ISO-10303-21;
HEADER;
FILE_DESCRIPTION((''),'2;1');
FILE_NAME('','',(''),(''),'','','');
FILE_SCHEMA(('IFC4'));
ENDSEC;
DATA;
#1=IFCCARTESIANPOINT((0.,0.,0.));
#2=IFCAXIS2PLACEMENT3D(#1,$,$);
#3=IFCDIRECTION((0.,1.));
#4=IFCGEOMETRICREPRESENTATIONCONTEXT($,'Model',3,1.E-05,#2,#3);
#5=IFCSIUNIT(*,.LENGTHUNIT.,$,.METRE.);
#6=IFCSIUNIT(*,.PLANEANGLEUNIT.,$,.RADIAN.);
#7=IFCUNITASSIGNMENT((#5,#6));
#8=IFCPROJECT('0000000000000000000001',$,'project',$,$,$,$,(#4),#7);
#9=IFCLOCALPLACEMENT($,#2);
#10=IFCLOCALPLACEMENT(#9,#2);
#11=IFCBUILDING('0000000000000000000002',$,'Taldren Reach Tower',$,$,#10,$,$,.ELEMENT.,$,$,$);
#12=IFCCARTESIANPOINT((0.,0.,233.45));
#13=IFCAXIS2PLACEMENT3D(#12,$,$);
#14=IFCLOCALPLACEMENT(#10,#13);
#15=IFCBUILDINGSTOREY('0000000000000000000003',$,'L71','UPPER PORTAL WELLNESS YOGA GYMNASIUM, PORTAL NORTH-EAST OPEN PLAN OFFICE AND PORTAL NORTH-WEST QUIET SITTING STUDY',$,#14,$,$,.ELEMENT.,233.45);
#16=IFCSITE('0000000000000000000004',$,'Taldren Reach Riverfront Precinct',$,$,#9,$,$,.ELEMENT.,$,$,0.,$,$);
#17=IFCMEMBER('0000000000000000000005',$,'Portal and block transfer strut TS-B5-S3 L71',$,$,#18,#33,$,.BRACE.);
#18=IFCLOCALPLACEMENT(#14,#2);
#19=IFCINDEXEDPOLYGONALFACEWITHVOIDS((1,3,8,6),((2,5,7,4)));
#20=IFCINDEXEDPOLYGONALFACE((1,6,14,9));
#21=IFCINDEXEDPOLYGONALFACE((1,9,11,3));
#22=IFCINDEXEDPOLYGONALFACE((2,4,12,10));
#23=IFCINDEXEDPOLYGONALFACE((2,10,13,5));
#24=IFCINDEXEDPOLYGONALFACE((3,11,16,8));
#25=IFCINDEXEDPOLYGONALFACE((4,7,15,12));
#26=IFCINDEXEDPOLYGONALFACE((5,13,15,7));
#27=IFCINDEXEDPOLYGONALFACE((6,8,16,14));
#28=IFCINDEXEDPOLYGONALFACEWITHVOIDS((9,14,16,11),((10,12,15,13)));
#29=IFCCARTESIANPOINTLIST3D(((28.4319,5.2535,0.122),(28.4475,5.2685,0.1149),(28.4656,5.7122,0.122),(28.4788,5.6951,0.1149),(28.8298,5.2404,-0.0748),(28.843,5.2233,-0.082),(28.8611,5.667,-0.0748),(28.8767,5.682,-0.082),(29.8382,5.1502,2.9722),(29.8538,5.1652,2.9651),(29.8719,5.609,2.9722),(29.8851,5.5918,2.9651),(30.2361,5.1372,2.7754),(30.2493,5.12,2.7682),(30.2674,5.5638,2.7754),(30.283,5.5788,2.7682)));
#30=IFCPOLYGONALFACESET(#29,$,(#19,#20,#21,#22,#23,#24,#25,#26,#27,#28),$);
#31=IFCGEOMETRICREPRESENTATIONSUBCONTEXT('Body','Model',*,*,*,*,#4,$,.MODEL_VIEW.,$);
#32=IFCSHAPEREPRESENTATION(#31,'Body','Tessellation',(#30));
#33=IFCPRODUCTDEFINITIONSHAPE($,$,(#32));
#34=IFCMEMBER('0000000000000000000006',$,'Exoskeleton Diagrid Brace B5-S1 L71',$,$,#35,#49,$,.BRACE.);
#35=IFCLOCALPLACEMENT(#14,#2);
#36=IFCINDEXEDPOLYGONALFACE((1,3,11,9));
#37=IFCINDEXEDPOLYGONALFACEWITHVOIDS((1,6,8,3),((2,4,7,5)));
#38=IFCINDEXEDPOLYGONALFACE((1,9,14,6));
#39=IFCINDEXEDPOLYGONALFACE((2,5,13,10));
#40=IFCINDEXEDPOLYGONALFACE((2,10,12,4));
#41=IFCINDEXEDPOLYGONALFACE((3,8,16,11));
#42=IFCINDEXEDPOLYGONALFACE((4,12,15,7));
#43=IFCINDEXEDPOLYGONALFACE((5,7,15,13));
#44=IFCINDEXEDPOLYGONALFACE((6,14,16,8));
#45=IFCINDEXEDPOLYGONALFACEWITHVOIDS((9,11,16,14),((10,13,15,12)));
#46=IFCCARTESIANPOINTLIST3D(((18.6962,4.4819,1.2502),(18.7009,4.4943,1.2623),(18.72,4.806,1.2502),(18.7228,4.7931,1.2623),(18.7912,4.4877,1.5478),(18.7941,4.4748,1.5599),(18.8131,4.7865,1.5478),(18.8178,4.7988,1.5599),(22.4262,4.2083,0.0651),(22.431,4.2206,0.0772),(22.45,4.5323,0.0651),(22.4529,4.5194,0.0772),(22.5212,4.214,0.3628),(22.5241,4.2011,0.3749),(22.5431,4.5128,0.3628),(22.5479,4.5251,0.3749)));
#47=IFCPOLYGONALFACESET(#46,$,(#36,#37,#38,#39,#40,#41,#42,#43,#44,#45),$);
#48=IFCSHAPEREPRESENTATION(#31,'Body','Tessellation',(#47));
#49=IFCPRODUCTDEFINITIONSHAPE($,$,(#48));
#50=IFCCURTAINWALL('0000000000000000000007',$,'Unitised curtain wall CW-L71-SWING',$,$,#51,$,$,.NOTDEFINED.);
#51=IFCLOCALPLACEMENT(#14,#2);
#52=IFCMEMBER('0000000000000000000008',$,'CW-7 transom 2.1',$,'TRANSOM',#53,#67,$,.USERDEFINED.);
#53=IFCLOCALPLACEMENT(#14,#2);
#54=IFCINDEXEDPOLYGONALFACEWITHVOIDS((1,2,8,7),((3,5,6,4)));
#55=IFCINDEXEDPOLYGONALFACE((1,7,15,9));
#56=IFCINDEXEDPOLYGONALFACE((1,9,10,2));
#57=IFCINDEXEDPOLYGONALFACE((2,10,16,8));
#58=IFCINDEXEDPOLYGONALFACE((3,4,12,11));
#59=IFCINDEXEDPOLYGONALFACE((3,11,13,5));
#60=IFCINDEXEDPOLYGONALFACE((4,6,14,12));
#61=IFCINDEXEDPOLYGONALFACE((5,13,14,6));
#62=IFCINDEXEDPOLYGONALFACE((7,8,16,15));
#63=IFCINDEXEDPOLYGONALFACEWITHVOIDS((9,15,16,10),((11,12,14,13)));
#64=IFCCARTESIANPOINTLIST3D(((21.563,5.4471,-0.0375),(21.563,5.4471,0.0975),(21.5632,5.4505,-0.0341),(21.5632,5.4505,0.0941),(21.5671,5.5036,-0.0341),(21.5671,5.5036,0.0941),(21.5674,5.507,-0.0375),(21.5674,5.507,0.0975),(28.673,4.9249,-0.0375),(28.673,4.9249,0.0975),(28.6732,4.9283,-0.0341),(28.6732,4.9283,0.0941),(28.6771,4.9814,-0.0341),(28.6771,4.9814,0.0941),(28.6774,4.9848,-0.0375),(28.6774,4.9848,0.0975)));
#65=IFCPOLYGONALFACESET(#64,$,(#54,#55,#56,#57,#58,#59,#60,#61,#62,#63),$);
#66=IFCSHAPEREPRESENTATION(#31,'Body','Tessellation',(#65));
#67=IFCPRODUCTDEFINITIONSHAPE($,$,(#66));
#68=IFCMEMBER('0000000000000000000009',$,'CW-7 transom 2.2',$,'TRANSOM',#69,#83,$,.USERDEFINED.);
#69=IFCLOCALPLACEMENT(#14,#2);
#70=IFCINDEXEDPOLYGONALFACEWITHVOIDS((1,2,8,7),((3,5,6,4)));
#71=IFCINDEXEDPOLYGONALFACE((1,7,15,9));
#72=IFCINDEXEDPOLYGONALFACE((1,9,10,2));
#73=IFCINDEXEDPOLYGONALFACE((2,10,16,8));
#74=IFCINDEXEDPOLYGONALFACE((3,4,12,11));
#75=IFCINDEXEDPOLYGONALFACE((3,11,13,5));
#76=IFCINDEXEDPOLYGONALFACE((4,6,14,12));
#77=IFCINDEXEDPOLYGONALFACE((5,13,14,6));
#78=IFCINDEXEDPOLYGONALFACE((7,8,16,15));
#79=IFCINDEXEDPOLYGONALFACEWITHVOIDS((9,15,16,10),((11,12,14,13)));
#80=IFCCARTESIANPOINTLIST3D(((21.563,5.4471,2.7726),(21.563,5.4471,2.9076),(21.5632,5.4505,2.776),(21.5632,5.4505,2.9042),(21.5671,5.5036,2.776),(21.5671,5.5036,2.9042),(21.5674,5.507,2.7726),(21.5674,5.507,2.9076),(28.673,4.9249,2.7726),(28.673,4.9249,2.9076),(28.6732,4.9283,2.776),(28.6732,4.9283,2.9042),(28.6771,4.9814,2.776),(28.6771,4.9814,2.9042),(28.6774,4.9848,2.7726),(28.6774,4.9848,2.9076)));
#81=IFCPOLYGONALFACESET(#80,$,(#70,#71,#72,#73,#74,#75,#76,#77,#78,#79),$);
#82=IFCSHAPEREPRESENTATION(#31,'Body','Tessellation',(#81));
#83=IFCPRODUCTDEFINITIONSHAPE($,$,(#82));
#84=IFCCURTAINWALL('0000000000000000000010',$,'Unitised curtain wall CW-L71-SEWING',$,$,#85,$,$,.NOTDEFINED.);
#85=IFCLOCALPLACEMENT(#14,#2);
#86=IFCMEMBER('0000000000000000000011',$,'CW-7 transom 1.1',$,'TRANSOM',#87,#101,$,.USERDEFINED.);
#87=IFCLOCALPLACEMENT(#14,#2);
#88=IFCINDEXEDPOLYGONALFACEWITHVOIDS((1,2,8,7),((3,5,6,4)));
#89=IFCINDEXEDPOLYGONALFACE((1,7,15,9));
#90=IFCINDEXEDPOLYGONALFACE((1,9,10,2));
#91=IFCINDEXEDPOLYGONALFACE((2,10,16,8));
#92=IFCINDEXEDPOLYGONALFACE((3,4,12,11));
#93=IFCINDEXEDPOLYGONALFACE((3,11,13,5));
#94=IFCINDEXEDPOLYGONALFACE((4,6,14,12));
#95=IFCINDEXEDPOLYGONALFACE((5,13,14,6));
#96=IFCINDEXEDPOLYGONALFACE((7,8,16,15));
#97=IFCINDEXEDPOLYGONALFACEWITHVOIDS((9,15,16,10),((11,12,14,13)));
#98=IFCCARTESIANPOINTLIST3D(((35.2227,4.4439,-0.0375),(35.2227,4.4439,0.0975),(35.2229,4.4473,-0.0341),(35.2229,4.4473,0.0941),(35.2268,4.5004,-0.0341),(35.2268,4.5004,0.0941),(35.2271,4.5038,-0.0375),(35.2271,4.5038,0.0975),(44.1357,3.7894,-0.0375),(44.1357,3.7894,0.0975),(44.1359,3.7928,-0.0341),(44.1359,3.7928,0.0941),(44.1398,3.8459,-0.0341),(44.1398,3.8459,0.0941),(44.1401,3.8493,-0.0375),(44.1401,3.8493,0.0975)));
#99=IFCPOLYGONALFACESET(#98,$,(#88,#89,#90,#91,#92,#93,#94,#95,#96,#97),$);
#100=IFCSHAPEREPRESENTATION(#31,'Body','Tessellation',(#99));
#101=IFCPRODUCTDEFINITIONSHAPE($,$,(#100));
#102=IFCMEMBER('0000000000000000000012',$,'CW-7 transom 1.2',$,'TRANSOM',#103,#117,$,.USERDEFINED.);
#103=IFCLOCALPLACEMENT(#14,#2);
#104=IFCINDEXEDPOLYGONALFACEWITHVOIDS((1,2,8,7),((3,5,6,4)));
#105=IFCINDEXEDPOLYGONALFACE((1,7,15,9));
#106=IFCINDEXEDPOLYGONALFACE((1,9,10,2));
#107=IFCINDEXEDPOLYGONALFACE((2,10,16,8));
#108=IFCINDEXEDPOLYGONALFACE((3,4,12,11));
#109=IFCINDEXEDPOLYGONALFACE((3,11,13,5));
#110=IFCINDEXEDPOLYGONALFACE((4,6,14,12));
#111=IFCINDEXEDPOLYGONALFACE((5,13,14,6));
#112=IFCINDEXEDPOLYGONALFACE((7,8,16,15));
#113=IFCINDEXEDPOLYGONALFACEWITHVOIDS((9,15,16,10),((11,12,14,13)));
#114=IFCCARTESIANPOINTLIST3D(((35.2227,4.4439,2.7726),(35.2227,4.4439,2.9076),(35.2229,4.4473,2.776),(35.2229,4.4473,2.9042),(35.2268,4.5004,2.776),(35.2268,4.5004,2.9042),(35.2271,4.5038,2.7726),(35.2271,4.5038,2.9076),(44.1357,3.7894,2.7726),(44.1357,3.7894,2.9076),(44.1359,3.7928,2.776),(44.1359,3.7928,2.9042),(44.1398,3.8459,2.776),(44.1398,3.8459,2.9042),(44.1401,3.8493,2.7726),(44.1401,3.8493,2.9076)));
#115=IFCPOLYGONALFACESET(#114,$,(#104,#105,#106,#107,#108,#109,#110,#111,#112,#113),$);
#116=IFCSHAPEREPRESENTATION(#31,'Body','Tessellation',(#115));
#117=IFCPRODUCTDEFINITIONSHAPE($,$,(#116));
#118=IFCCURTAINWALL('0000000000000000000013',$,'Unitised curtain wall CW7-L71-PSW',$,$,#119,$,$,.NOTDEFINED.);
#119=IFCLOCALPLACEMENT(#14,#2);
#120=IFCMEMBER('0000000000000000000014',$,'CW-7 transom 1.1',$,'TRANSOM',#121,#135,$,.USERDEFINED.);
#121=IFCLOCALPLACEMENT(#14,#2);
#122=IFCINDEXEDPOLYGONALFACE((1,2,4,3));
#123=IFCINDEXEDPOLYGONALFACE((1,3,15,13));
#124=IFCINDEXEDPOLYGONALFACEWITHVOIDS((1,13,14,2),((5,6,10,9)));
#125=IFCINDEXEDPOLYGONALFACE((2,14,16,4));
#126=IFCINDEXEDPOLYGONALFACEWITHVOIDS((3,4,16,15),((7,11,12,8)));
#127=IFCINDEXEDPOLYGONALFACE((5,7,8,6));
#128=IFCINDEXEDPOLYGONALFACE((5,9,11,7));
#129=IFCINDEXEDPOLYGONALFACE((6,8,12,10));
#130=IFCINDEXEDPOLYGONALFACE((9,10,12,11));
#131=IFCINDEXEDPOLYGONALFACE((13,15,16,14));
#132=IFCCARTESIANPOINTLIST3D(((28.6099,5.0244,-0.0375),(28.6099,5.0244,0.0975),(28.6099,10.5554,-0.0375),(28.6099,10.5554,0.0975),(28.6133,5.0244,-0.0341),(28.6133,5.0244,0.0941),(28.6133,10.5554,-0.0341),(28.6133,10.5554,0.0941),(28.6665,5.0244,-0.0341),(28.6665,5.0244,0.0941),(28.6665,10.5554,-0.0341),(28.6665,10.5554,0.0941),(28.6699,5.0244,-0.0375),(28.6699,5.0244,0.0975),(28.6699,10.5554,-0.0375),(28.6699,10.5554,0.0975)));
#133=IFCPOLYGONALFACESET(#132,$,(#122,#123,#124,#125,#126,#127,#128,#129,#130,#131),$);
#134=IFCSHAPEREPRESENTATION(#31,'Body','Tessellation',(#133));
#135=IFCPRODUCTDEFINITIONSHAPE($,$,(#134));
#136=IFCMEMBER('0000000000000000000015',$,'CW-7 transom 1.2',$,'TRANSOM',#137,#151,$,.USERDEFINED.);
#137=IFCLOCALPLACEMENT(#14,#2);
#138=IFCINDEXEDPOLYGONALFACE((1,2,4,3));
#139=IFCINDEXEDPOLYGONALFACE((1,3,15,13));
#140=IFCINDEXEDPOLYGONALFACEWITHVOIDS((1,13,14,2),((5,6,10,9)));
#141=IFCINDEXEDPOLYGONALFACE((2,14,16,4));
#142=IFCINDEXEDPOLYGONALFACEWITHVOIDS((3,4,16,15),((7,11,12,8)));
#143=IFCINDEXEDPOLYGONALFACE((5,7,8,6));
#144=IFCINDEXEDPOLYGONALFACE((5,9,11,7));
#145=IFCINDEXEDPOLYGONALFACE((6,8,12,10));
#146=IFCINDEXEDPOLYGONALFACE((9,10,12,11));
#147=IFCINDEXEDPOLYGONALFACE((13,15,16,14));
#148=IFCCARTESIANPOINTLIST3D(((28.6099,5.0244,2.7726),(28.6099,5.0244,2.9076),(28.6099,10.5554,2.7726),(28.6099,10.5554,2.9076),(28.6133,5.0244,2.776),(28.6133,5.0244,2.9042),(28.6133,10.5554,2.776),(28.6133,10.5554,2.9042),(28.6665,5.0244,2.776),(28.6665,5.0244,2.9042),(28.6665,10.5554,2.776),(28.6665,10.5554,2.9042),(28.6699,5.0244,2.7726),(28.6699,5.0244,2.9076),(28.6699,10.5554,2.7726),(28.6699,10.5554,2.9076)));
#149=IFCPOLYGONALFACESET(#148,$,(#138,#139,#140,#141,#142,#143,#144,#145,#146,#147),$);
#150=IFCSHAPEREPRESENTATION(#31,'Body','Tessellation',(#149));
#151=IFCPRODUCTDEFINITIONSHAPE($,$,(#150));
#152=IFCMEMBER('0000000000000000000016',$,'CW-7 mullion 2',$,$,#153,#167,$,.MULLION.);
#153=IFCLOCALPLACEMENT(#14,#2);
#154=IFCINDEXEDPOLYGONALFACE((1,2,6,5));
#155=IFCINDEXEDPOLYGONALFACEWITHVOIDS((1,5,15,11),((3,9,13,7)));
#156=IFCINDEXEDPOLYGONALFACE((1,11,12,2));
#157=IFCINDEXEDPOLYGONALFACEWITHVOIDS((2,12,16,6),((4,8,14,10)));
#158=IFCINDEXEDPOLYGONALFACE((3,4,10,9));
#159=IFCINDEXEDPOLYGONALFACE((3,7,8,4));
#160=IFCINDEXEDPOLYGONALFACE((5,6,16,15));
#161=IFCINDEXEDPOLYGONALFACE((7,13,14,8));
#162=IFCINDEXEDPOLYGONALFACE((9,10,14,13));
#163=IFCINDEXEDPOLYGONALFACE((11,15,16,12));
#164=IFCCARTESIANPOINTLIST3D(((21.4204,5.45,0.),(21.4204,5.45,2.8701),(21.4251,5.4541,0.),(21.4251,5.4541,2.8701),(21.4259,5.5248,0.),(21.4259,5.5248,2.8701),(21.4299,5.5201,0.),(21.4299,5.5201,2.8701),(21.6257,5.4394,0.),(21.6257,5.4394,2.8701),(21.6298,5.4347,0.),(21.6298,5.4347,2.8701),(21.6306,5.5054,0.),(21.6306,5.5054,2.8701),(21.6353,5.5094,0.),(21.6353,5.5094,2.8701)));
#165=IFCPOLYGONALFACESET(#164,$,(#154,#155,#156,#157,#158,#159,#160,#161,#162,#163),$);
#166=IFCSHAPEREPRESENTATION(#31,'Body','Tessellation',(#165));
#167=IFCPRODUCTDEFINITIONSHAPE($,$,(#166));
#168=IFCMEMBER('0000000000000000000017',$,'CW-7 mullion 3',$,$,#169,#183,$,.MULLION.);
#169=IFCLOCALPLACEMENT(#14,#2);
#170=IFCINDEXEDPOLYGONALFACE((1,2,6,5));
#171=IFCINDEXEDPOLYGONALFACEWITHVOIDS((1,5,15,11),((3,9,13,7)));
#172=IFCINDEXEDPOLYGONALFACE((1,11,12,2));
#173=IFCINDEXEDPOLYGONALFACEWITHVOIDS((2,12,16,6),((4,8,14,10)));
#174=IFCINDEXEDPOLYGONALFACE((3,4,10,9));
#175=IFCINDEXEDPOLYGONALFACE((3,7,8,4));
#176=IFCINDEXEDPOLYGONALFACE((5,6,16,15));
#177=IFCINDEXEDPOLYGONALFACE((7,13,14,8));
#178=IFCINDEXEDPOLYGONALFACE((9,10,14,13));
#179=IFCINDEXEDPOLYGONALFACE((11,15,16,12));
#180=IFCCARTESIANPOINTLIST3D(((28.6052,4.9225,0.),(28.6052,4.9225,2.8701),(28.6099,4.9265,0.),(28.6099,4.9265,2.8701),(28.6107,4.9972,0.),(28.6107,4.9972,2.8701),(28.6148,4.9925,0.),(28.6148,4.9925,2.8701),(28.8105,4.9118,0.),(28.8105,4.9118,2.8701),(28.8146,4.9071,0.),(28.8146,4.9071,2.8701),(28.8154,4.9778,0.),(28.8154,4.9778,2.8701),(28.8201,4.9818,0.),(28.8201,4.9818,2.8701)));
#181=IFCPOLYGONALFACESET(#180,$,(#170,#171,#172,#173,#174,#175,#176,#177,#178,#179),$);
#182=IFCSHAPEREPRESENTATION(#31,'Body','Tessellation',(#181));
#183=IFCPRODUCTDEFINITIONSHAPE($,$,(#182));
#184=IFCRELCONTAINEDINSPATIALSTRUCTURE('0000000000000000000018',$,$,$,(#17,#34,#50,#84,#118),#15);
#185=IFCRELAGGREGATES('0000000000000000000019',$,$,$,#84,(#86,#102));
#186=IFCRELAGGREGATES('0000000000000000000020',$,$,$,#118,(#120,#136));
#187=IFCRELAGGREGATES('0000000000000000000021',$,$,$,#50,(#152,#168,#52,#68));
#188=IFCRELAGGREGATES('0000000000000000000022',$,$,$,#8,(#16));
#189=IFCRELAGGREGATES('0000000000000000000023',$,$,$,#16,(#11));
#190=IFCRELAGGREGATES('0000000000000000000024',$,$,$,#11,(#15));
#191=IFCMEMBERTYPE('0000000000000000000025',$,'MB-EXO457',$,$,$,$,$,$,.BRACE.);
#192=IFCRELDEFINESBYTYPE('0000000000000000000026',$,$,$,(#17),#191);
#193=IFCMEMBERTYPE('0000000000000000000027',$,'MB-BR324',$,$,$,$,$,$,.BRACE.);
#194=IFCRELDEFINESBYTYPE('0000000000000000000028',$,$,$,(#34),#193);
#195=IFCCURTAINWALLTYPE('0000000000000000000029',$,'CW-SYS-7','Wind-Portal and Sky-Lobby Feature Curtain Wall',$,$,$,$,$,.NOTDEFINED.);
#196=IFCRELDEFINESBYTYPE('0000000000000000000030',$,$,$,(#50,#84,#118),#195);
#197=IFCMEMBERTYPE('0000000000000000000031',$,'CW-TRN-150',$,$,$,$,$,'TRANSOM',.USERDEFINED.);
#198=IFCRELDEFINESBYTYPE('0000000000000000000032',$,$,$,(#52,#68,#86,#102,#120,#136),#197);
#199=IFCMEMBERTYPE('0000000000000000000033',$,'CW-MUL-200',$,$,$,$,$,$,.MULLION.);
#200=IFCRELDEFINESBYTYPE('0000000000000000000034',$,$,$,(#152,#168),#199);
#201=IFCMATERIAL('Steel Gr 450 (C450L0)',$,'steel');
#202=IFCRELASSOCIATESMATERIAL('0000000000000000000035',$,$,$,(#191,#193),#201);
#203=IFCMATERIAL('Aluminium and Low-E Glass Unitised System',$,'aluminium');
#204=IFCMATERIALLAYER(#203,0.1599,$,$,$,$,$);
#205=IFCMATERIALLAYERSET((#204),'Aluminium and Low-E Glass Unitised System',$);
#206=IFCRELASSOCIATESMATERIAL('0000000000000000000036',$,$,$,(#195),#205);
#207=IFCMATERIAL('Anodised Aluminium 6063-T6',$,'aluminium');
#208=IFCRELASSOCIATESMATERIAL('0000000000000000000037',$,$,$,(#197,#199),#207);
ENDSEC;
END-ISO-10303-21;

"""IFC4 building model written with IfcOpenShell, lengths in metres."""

from ifc_helpers import new_model, si_unit, direction, frame, origin, origin_2d, place, context, subcontext, project, spatial, hollow_rectangle, extrude, source, transform, mapped, material, layer, layer_set, material_profile, profile_set, type_object, element, aggregate, save


model = new_model("IFC4")

# Units and contexts
model_context = context("Model", 3, precision=1e-05, world=origin(), true_north=direction((0.0, 1.0)))
body_context = subcontext(model_context, "Body", "Model", "MODEL_VIEW")
ifc_project = project(units=[si_unit("LENGTHUNIT", "METRE"), si_unit("PLANEANGLEUNIT", "RADIAN")], contexts=[model_context])

# Site, building, storey
site_placement = place(None, origin())
site = spatial("IfcSite", under=ifc_project, at=site_placement, Name="Taldren Reach Riverfront Precinct", CompositionType="ELEMENT", RefElevation=0.0)
building_placement = place(site_placement, origin())
building = spatial("IfcBuilding", under=site, at=building_placement, Name="Taldren Reach Tower", CompositionType="ELEMENT")
storey_placement = place(building_placement, frame((0.0, 0.0, 233.45)))
storey = spatial("IfcBuildingStorey", under=building, at=storey_placement, Name="L71", Description="UPPER PORTAL WELLNESS YOGA GYMNASIUM, PORTAL NORTH-EAST OPEN PLAN OFFICE AND PORTAL NORTH-WEST QUIET SITTING STUDY", CompositionType="ELEMENT", Elevation=233.45)

# Shared definitions
ifc_material_1 = material(Name="Steel Gr 450 (C450L0)", Category="steel")

# Members
ifc_material_profile_1 = material_profile(ifc_material_1, hollow_rectangle(XDim=0.46, YDim=0.46, WallThickness=0.0161, at=origin_2d()), Name="460x460x16.0SHS")
ifc_profile_set_1 = profile_set([ifc_material_profile_1], Name="Steel Gr 450 (C450L0)")
member_type_1 = type_object("IfcMemberType", Name="MB-EXO457", PredefinedType="BRACE", material=ifc_profile_set_1)
shared_shape_1 = source(origin(), body_context, "Body", "SweptSolid", [
    extrude(hollow_rectangle(XDim=0.46, YDim=0.46, WallThickness=0.0161, at=origin_2d()), origin(), (0.0, 0.0, 1.0), 3.1799),
])
member_1_placement = place(storey_placement, frame((28.6543, 5.4678, 0.02), z_axis=(0.442242, -0.032477, 0.896308), x_axis=(0.07324, 0.997314, 0.0)))
element("IfcMember", 1, at=member_1_placement, inside=storey, type_object=member_type_1, Name="Portal and block transfer strut TS-B5-S3 L71", PredefinedType="BRACE", context=body_context, shape_type="MappedRepresentation", body=[
    mapped(shared_shape_1, transform((0.0, 0.0, 0.0), scale=1.0)),
])
ifc_material_profile_2 = material_profile(ifc_material_1, hollow_rectangle(XDim=0.325, YDim=0.325, WallThickness=0.0127, at=origin_2d()), Name="325x325x12.7SHS")
ifc_profile_set_2 = profile_set([ifc_material_profile_2], Name="Steel Gr 450 (C450L0)")
member_type_2 = type_object("IfcMemberType", Name="MB-BR324", PredefinedType="BRACE", material=ifc_profile_set_2)
shared_shape_2 = source(origin(), body_context, "Body", "SweptSolid", [
    extrude(hollow_rectangle(XDim=0.325, YDim=0.325, WallThickness=0.0127, at=origin_2d()), origin(), (0.0, 0.0, 1.0), 3.9233),
])
member_2_placement = place(storey_placement, frame((22.4871, 4.3667, 0.22), z_axis=(-0.950733, 0.069759, 0.302059), x_axis=(-0.073177, -0.997319, 0.0)))
element("IfcMember", 2, at=member_2_placement, inside=storey, type_object=member_type_2, Name="Exoskeleton Diagrid Brace B5-S1 L71", PredefinedType="BRACE", context=body_context, shape_type="MappedRepresentation", body=[
    mapped(shared_shape_2, transform((0.0, 0.0, 0.0), scale=1.0)),
])

# Curtain walls, members
ifc_material_2 = material(Name="Aluminium and Low-E Glass Unitised System", Category="aluminium")
ifc_layer_1 = layer(ifc_material_2, 0.1599)
ifc_layer_set_1 = layer_set([ifc_layer_1], Name="Aluminium and Low-E Glass Unitised System")
curtain_wall_type = type_object("IfcCurtainWallType", Name="CW-SYS-7", Description="Wind-Portal and Sky-Lobby Feature Curtain Wall", PredefinedType="NOTDEFINED", material=ifc_layer_set_1)
curtain_wall_1_placement = place(storey_placement, origin())
curtain_wall_1 = element("IfcCurtainWall", 3, at=curtain_wall_1_placement, inside=storey, type_object=curtain_wall_type, Name="Unitised curtain wall CW-L71-SWING", PredefinedType="NOTDEFINED")
ifc_material_3 = material(Name="Anodised Aluminium 6063-T6", Category="aluminium")
ifc_material_profile_3 = material_profile(ifc_material_3, hollow_rectangle(XDim=0.0601, YDim=0.135, WallThickness=0.0034, at=origin_2d()), Name="ALU-135x60x3.5RHS")
ifc_profile_set_3 = profile_set([ifc_material_profile_3], Name="Anodised Aluminium 6063-T6")
member_type_3 = type_object("IfcMemberType", Name="CW-TRN-150", ElementType="TRANSOM", PredefinedType="USERDEFINED", material=ifc_profile_set_3)
shared_shape_3 = source(origin(), body_context, "Body", "SweptSolid", [
    extrude(hollow_rectangle(XDim=0.0601, YDim=0.135, WallThickness=0.0034, at=origin_2d()), origin(), (0.0, 0.0, 1.0), 7.1292),
])
member_3_placement = place(storey_placement, frame((21.5652, 5.4771, 0.03), z_axis=(0.997314, -0.07325, 0.0), x_axis=(0.07325, 0.997314, 0.0)))
member_3 = element("IfcMember", 4, at=member_3_placement, type_object=member_type_3, Name="CW-7 transom 2.1", ObjectType="TRANSOM", PredefinedType="USERDEFINED", context=body_context, shape_type="MappedRepresentation", body=[
    mapped(shared_shape_3, transform((0.0, 0.0, 0.0), scale=1.0)),
])
member_4_placement = place(storey_placement, frame((21.5652, 5.4771, 2.8401), z_axis=(0.997314, -0.07325, 0.0), x_axis=(0.07325, 0.997314, 0.0)))
member_4 = element("IfcMember", 5, at=member_4_placement, type_object=member_type_3, Name="CW-7 transom 2.2", ObjectType="TRANSOM", PredefinedType="USERDEFINED", context=body_context, shape_type="MappedRepresentation", body=[
    mapped(shared_shape_3, transform((0.0, 0.0, 0.0), scale=1.0)),
])
curtain_wall_2_placement = place(storey_placement, origin())
curtain_wall_2 = element("IfcCurtainWall", 6, at=curtain_wall_2_placement, inside=storey, type_object=curtain_wall_type, Name="Unitised curtain wall CW-L71-SEWING", PredefinedType="NOTDEFINED")
shared_shape_4 = source(origin(), body_context, "Body", "SweptSolid", [
    extrude(hollow_rectangle(XDim=0.0601, YDim=0.135, WallThickness=0.0034, at=origin_2d()), origin(), (0.0, 0.0, 1.0), 8.937),
])
member_5_placement = place(storey_placement, frame((35.2249, 4.4739, 0.03), z_axis=(0.997314, -0.073239, 0.0), x_axis=(0.073239, 0.997314, 0.0)))
member_5 = element("IfcMember", 7, at=member_5_placement, type_object=member_type_3, Name="CW-7 transom 1.1", ObjectType="TRANSOM", PredefinedType="USERDEFINED", context=body_context, shape_type="MappedRepresentation", body=[
    mapped(shared_shape_4, transform((0.0, 0.0, 0.0), scale=1.0)),
])
member_6_placement = place(storey_placement, frame((35.2249, 4.4739, 2.8401), z_axis=(0.997314, -0.073239, 0.0), x_axis=(0.073239, 0.997314, 0.0)))
member_6 = element("IfcMember", 8, at=member_6_placement, type_object=member_type_3, Name="CW-7 transom 1.2", ObjectType="TRANSOM", PredefinedType="USERDEFINED", context=body_context, shape_type="MappedRepresentation", body=[
    mapped(shared_shape_4, transform((0.0, 0.0, 0.0), scale=1.0)),
])
curtain_wall_3_placement = place(storey_placement, origin())
curtain_wall_3 = element("IfcCurtainWall", 9, at=curtain_wall_3_placement, inside=storey, type_object=curtain_wall_type, Name="Unitised curtain wall CW7-L71-PSW", PredefinedType="NOTDEFINED")
shared_shape_5 = source(origin(), body_context, "Body", "SweptSolid", [
    extrude(hollow_rectangle(XDim=0.0601, YDim=0.135, WallThickness=0.0034, at=origin_2d()), origin(), (0.0, 0.0, 1.0), 5.531),
])
member_7_placement = place(storey_placement, frame((28.6399, 5.0244, 0.03), z_axis=(0.0, 1.0, 0.0), x_axis=(-1.0, 0.0, 0.0)))
member_7 = element("IfcMember", 10, at=member_7_placement, type_object=member_type_3, Name="CW-7 transom 1.1", ObjectType="TRANSOM", PredefinedType="USERDEFINED", context=body_context, shape_type="MappedRepresentation", body=[
    mapped(shared_shape_5, transform((0.0, 0.0, 0.0), scale=1.0)),
])
member_8_placement = place(storey_placement, frame((28.6399, 5.0244, 2.8401), z_axis=(0.0, 1.0, 0.0), x_axis=(-1.0, 0.0, 0.0)))
member_8 = element("IfcMember", 11, at=member_8_placement, type_object=member_type_3, Name="CW-7 transom 1.2", ObjectType="TRANSOM", PredefinedType="USERDEFINED", context=body_context, shape_type="MappedRepresentation", body=[
    mapped(shared_shape_5, transform((0.0, 0.0, 0.0), scale=1.0)),
])

# Members
ifc_material_profile_4 = material_profile(ifc_material_3, hollow_rectangle(XDim=0.075, YDim=0.21, WallThickness=0.0044, at=origin_2d()), Name="ALU-210x75x4.5RHS")
ifc_profile_set_4 = profile_set([ifc_material_profile_4], Name="Anodised Aluminium 6063-T6")
member_type_4 = type_object("IfcMemberType", Name="CW-MUL-200", PredefinedType="MULLION", material=ifc_profile_set_4)
shared_shape_6 = source(origin(), body_context, "Body", "SweptSolid", [
    extrude(hollow_rectangle(XDim=0.075, YDim=0.21, WallThickness=0.0044, at=origin_2d()), origin(), (0.0, 0.0, 1.0), 2.8701),
])
member_9_placement = place(storey_placement, frame((21.5278, 5.4797, 0.0), z_axis=(0.0, 0.0, 1.0), x_axis=(0.073238, 0.997314, 0.0)))
member_9 = element("IfcMember", 12, at=member_9_placement, type_object=member_type_4, Name="CW-7 mullion 2", PredefinedType="MULLION", context=body_context, shape_type="MappedRepresentation", body=[
    mapped(shared_shape_6, transform((0.0, 0.0, 0.0), scale=1.0)),
])
member_10_placement = place(storey_placement, frame((28.7126, 4.9521, 0.0), z_axis=(0.0, 0.0, 1.0), x_axis=(0.073238, 0.997314, 0.0)))
member_10 = element("IfcMember", 13, at=member_10_placement, type_object=member_type_4, Name="CW-7 mullion 3", PredefinedType="MULLION", context=body_context, shape_type="MappedRepresentation", body=[
    mapped(shared_shape_6, transform((0.0, 0.0, 0.0), scale=1.0)),
])
aggregate(curtain_wall_2, [member_5, member_6])
aggregate(curtain_wall_3, [member_7, member_8])

aggregate(curtain_wall_1, [member_9, member_10, member_3, member_4])

save(model, "model.ifc")
